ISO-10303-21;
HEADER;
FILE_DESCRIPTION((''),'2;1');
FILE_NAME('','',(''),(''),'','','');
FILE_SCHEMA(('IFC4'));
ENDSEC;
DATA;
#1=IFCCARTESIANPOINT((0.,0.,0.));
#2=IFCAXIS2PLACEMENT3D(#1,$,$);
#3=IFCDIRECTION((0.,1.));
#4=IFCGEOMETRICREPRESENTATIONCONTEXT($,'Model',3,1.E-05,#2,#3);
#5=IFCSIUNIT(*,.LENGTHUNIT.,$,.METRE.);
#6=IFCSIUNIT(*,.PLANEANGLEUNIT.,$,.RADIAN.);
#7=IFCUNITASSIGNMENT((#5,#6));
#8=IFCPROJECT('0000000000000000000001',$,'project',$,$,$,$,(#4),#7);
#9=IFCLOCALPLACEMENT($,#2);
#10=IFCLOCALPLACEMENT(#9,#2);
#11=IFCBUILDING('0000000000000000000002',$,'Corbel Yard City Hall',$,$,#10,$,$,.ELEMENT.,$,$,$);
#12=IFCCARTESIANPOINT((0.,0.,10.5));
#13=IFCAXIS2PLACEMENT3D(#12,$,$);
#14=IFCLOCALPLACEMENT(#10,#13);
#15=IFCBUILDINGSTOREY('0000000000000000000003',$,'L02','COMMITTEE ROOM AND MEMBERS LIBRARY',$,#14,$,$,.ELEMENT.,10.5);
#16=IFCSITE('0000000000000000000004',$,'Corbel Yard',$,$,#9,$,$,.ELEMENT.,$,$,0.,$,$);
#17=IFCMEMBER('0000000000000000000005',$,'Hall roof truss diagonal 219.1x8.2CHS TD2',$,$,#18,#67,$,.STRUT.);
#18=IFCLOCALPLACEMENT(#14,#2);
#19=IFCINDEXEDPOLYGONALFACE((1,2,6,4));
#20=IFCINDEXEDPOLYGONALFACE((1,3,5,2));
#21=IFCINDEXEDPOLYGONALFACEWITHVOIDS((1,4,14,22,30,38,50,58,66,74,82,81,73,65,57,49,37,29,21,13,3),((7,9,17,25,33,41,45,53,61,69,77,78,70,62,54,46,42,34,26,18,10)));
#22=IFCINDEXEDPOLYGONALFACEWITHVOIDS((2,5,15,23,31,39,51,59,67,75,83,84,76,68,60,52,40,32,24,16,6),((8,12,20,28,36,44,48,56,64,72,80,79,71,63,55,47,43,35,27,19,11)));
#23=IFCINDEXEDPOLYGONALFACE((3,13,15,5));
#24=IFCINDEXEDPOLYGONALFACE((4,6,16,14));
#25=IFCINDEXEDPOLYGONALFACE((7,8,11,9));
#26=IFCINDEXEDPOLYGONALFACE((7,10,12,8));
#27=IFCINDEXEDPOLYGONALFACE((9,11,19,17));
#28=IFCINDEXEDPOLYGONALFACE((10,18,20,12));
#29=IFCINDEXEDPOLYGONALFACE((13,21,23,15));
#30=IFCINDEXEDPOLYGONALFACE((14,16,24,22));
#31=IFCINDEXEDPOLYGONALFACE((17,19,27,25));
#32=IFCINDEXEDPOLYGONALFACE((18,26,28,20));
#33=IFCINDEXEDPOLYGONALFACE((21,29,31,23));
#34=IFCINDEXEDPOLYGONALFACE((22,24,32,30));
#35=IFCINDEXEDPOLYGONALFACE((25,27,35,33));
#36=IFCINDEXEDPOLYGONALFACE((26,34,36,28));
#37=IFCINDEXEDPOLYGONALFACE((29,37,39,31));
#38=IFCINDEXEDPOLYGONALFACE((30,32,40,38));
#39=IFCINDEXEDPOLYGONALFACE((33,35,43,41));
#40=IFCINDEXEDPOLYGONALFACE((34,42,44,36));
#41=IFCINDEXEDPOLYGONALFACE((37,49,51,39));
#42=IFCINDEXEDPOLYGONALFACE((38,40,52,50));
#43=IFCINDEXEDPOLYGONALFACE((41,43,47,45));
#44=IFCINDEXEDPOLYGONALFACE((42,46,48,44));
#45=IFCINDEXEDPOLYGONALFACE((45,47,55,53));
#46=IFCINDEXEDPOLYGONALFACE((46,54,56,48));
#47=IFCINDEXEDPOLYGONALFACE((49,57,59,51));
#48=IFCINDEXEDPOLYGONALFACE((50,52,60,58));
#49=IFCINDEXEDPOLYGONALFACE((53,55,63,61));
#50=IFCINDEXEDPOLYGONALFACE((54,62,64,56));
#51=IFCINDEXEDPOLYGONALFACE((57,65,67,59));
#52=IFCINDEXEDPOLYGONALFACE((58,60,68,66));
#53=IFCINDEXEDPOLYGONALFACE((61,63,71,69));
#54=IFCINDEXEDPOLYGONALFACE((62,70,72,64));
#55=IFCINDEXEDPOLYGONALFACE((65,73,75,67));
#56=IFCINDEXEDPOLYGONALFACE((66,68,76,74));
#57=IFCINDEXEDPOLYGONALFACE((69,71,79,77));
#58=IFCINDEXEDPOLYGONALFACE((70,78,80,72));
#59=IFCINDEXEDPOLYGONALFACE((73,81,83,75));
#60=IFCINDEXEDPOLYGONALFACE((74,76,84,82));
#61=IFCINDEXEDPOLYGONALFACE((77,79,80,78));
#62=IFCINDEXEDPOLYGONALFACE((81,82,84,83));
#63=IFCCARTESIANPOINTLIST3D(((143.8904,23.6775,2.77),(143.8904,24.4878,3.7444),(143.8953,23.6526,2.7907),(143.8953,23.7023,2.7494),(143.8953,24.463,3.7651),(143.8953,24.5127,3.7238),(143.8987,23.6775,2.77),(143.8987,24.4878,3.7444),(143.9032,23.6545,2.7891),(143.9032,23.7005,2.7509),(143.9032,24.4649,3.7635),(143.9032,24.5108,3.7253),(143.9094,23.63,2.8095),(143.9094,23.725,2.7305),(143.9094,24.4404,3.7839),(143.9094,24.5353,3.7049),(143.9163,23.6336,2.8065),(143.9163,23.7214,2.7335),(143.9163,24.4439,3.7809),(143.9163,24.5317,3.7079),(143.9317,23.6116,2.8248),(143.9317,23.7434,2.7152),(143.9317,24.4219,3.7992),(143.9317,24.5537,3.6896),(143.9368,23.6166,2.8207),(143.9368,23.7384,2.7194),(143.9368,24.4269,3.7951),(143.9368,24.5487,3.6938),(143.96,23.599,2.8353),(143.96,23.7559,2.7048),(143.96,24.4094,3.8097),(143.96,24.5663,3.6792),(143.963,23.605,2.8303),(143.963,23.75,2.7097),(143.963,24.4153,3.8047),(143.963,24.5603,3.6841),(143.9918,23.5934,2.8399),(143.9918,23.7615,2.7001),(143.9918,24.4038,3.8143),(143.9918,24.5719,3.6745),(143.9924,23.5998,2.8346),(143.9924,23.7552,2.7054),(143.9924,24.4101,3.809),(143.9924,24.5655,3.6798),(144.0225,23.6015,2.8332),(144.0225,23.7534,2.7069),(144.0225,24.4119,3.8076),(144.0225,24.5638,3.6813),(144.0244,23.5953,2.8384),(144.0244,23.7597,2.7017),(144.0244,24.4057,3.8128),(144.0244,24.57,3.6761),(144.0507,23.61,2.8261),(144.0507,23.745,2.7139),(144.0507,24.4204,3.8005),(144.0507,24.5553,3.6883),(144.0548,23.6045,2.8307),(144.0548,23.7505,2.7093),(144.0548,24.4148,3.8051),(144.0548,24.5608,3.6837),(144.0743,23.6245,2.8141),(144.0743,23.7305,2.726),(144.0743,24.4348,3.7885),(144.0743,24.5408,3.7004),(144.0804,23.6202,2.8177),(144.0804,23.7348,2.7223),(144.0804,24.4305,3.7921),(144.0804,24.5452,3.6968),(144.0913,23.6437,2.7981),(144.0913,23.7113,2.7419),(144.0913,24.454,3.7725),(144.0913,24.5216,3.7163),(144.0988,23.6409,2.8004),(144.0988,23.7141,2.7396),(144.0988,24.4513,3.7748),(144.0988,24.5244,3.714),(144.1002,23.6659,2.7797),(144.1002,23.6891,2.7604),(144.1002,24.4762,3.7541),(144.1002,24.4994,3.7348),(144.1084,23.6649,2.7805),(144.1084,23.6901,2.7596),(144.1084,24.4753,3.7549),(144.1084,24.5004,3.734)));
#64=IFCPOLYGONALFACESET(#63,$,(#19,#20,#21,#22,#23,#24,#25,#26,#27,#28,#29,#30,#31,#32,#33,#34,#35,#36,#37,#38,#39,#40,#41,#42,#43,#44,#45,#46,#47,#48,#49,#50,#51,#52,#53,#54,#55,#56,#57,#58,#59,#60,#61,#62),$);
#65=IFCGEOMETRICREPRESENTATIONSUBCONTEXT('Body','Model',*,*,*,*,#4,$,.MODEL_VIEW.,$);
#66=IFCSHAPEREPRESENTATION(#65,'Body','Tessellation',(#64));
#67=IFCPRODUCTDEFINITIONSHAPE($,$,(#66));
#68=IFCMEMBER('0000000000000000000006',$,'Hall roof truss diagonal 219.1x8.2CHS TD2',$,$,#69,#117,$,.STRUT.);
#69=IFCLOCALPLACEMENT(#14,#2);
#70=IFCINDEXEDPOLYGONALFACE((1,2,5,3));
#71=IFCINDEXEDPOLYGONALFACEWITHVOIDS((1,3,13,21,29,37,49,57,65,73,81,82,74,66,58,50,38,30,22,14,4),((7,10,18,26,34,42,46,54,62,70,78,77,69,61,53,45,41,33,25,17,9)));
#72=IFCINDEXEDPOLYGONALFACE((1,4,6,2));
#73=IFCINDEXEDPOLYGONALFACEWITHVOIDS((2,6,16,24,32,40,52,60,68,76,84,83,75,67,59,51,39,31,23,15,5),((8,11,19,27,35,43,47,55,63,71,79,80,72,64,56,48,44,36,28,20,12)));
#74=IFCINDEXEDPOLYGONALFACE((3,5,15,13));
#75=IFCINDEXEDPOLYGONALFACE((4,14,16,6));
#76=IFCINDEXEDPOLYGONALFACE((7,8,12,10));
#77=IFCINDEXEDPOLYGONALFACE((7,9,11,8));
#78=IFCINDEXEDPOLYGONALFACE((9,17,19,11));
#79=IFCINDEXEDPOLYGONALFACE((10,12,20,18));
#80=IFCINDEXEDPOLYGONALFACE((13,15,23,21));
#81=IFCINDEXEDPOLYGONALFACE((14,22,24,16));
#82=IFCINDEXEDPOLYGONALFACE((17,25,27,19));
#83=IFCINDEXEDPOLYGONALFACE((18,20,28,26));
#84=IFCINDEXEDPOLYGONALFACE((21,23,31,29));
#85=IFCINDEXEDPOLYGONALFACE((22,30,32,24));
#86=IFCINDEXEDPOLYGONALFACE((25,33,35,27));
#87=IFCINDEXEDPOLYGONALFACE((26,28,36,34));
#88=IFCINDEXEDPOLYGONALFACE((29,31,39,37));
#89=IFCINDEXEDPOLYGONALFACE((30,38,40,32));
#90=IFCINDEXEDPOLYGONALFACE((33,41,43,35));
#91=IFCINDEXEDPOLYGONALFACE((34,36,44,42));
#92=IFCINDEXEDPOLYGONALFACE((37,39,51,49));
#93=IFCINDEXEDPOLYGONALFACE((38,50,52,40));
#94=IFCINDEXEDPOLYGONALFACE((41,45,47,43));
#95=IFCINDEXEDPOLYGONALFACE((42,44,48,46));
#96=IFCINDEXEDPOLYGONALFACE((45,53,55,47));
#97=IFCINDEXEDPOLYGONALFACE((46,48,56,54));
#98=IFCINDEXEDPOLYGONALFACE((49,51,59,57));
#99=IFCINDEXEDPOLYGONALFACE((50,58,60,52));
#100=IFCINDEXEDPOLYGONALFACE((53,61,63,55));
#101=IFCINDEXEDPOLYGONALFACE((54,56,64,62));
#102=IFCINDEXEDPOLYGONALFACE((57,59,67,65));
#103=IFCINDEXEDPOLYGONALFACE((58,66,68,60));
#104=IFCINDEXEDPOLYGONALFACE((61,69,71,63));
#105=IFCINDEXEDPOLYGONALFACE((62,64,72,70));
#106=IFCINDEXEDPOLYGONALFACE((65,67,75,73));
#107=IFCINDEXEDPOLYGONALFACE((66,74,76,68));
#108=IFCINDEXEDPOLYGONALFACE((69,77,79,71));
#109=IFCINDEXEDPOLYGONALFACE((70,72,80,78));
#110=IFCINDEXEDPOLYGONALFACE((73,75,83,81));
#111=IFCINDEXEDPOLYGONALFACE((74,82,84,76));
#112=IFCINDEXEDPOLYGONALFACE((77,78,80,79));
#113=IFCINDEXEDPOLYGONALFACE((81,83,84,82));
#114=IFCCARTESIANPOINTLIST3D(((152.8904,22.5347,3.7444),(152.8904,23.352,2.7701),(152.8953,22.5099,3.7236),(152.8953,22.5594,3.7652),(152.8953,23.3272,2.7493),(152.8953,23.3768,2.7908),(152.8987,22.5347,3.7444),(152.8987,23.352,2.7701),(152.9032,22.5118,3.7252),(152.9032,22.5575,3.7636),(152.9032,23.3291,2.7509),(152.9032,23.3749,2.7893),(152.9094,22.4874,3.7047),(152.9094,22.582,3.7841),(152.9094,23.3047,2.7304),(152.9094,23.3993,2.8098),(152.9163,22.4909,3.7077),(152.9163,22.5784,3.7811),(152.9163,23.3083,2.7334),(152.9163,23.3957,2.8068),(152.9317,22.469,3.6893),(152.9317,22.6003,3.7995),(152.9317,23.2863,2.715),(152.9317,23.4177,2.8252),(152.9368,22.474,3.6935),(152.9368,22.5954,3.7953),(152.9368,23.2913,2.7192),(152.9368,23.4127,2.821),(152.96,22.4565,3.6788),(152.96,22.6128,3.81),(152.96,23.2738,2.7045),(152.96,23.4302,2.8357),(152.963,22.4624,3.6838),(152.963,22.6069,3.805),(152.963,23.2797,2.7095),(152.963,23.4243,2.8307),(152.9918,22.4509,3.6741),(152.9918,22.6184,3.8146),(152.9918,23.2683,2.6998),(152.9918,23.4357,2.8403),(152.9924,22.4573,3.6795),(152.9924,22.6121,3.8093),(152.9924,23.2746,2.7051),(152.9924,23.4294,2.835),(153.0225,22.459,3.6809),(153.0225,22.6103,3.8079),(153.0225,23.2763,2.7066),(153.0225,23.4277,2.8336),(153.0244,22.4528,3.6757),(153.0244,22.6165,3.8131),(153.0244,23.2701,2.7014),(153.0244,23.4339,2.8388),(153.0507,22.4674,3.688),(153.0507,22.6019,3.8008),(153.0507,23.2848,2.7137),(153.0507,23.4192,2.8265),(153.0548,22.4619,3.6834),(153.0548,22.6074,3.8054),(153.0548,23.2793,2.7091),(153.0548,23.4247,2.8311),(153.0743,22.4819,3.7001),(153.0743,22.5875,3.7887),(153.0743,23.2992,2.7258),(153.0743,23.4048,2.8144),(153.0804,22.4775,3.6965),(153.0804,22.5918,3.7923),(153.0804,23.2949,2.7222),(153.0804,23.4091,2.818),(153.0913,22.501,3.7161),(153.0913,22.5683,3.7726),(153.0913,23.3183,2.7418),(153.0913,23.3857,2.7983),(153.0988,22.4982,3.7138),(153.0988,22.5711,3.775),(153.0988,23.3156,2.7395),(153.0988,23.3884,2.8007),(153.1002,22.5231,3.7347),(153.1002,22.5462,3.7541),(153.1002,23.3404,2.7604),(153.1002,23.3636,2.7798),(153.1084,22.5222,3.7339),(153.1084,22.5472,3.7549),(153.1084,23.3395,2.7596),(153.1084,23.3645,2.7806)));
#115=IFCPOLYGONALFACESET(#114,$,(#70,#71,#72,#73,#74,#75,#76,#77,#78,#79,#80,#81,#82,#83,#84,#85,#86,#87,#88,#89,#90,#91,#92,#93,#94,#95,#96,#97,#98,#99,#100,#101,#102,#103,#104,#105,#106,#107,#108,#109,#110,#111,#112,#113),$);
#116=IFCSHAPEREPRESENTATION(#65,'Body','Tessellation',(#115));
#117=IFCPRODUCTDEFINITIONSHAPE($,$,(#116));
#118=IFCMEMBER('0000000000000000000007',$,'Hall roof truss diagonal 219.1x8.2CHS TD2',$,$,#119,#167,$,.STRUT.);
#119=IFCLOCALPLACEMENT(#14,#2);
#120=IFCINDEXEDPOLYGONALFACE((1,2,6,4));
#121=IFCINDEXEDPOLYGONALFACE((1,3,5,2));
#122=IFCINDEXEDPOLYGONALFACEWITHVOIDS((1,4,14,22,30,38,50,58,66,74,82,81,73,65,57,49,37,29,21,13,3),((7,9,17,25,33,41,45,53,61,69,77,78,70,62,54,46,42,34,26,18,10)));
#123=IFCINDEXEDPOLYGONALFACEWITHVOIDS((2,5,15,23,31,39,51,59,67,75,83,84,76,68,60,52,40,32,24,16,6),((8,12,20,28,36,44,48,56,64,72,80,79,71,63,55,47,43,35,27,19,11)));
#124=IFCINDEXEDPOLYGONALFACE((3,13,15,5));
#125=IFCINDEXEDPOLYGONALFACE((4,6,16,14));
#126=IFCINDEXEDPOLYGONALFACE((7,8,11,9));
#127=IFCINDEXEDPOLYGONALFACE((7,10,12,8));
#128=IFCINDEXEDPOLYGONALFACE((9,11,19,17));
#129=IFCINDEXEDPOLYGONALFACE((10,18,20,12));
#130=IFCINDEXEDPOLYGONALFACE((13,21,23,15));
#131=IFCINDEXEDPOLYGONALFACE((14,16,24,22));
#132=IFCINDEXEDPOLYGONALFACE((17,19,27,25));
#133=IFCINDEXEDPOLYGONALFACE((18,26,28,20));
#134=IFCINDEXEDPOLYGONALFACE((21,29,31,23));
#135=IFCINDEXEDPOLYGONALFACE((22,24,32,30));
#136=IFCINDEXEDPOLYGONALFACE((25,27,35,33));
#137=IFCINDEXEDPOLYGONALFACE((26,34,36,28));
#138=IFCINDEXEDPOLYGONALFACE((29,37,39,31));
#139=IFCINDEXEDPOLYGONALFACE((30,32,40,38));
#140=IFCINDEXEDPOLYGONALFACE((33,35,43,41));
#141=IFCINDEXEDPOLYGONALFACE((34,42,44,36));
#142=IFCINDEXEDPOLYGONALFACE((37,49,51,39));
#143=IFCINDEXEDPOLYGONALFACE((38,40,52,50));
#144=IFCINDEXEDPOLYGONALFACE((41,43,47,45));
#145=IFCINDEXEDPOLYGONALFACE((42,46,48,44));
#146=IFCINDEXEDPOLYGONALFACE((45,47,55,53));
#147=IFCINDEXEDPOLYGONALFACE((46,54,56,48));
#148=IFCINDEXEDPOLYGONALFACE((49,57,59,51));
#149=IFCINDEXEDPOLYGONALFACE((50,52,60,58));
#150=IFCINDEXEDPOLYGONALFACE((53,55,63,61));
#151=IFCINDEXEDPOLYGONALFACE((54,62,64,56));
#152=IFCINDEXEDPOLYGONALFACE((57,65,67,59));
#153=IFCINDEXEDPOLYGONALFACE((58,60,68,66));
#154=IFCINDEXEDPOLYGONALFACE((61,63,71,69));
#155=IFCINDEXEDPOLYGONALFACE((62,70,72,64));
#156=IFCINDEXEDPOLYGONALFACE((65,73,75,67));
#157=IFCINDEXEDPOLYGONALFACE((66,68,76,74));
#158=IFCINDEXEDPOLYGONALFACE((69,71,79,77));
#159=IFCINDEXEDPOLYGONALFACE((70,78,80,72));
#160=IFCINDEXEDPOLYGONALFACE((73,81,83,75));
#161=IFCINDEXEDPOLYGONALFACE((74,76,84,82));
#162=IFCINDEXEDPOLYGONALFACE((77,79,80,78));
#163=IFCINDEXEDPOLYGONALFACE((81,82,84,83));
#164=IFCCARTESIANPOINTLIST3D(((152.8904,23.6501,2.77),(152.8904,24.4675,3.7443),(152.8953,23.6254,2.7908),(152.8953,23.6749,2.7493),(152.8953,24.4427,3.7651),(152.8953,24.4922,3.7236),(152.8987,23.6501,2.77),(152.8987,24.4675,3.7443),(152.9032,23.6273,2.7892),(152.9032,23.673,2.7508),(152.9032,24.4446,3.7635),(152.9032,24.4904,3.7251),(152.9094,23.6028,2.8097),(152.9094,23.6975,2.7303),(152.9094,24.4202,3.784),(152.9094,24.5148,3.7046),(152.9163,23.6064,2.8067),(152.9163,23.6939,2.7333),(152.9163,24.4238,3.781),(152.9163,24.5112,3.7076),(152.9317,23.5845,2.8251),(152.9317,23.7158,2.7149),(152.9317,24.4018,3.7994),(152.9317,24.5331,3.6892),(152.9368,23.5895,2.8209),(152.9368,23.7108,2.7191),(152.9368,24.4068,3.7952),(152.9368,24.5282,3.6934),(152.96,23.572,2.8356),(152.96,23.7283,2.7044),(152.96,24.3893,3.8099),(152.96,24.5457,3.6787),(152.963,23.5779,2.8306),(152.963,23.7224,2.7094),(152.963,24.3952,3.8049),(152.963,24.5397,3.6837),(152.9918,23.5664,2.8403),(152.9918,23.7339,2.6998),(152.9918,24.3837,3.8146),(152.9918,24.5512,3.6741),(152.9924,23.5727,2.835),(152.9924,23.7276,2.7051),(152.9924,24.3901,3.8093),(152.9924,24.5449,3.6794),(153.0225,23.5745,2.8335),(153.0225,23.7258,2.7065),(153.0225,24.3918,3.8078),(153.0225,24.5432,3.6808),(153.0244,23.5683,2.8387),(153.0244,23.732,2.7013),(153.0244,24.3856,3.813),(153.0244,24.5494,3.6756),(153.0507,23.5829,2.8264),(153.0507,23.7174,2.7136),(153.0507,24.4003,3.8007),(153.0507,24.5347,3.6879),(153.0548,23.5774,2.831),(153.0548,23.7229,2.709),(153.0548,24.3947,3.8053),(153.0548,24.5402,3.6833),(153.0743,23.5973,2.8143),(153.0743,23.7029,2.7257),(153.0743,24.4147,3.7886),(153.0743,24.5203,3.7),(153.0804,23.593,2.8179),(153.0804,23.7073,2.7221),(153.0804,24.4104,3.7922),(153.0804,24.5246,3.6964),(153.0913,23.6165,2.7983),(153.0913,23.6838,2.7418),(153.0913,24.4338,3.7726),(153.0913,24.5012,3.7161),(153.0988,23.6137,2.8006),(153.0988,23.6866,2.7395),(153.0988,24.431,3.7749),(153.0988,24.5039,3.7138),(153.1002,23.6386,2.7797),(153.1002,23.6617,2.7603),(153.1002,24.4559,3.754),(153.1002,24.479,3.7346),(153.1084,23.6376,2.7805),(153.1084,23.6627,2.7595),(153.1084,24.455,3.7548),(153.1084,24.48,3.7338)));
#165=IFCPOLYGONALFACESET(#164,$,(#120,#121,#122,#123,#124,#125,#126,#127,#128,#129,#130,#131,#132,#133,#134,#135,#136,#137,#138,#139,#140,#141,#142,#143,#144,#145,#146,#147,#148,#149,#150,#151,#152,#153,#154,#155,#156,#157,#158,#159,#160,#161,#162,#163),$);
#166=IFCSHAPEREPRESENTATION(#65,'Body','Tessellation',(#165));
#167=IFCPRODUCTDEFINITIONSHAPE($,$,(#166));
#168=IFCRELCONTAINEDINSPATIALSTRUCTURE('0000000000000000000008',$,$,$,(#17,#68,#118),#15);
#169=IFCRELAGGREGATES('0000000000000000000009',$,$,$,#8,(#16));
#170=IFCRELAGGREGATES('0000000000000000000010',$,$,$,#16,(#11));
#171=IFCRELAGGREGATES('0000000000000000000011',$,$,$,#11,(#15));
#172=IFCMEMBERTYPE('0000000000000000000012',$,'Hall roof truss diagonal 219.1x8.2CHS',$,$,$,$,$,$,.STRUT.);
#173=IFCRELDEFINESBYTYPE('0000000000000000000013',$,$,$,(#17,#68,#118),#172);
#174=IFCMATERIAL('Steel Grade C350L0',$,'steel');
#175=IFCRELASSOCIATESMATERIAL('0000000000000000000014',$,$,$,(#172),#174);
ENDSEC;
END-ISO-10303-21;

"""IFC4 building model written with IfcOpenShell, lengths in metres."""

from ifc_helpers import new_model, si_unit, direction, frame, origin, origin_2d, place, context, subcontext, project, spatial, hollow_circle, extrude, material, material_profile, profile_set, type_object, element, save


model = new_model("IFC4")

# Units and contexts
model_context = context("Model", 3, precision=1e-05, world=origin(), true_north=direction((0.0, 1.0)))
body_context = subcontext(model_context, "Body", "Model", "MODEL_VIEW")
ifc_project = project(units=[si_unit("LENGTHUNIT", "METRE"), si_unit("PLANEANGLEUNIT", "RADIAN")], contexts=[model_context])

# Site, building, storey
site_placement = place(None, origin())
site = spatial("IfcSite", under=ifc_project, at=site_placement, Name="Corbel Yard", CompositionType="ELEMENT", RefElevation=0.0)
building_placement = place(site_placement, origin())
building = spatial("IfcBuilding", under=site, at=building_placement, Name="Corbel Yard City Hall", CompositionType="ELEMENT")
storey_placement = place(building_placement, frame((0.0, 0.0, 10.5)))
storey = spatial("IfcBuildingStorey", under=building, at=storey_placement, Name="L02", Description="COMMITTEE ROOM AND MEMBERS LIBRARY", CompositionType="ELEMENT", Elevation=10.5)

# Members
ifc_material_1 = material(Name="Steel Grade C350L0", Category="steel")
ifc_material_profile_1 = material_profile(ifc_material_1, hollow_circle(Radius=0.1096, WallThickness=0.0083, at=origin_2d()), Name="219.1x8.2CHS")
ifc_profile_set_1 = profile_set([ifc_material_profile_1], Name="Steel Grade C350L0")
member_type_1 = type_object("IfcMemberType", Name="Hall roof truss diagonal 219.1x8.2CHS", PredefinedType="STRUT", material=ifc_profile_set_1)
member_1_placement = place(storey_placement, frame((144.0, 23.6775, 2.77), z_axis=(0.0, 0.639407, 0.768868), x_axis=(-1.0, 0.0, 0.0)))
element("IfcMember", 1, at=member_1_placement, inside=storey, type_object=member_type_1, Name="Hall roof truss diagonal 219.1x8.2CHS TD2", PredefinedType="STRUT", context=body_context, shape_type="SweptSolid", body=[
    extrude(hollow_circle(Radius=0.1096, WallThickness=0.0083, at=origin_2d()), origin(), (0.0, 0.0, 1.0), 1.2673),
])
for number, where, z_axis, x_axis, name in (
    (2, (153.0, 22.5347, 3.7444), (0.0, 0.642692, -0.766124), (-1.0, 0.0, 0.0), "Hall roof truss diagonal 219.1x8.2CHS TD2"),
    (3, (153.0, 23.6501, 2.77), (0.0, 0.642692, 0.766124), (-1.0, 0.0, 0.0), "Hall roof truss diagonal 219.1x8.2CHS TD2"),
):
    element("IfcMember", number, at=place(storey_placement, frame(where, z_axis=z_axis, x_axis=x_axis)), inside=storey, type_object=member_type_1, Name=name, PredefinedType="STRUT", context=body_context, shape_type="SweptSolid", body=[
        extrude(hollow_circle(Radius=0.1096, WallThickness=0.0083, at=origin_2d()), origin(), (0.0, 0.0, 1.0), 1.2717),
    ])

save(model, "model.ifc")
